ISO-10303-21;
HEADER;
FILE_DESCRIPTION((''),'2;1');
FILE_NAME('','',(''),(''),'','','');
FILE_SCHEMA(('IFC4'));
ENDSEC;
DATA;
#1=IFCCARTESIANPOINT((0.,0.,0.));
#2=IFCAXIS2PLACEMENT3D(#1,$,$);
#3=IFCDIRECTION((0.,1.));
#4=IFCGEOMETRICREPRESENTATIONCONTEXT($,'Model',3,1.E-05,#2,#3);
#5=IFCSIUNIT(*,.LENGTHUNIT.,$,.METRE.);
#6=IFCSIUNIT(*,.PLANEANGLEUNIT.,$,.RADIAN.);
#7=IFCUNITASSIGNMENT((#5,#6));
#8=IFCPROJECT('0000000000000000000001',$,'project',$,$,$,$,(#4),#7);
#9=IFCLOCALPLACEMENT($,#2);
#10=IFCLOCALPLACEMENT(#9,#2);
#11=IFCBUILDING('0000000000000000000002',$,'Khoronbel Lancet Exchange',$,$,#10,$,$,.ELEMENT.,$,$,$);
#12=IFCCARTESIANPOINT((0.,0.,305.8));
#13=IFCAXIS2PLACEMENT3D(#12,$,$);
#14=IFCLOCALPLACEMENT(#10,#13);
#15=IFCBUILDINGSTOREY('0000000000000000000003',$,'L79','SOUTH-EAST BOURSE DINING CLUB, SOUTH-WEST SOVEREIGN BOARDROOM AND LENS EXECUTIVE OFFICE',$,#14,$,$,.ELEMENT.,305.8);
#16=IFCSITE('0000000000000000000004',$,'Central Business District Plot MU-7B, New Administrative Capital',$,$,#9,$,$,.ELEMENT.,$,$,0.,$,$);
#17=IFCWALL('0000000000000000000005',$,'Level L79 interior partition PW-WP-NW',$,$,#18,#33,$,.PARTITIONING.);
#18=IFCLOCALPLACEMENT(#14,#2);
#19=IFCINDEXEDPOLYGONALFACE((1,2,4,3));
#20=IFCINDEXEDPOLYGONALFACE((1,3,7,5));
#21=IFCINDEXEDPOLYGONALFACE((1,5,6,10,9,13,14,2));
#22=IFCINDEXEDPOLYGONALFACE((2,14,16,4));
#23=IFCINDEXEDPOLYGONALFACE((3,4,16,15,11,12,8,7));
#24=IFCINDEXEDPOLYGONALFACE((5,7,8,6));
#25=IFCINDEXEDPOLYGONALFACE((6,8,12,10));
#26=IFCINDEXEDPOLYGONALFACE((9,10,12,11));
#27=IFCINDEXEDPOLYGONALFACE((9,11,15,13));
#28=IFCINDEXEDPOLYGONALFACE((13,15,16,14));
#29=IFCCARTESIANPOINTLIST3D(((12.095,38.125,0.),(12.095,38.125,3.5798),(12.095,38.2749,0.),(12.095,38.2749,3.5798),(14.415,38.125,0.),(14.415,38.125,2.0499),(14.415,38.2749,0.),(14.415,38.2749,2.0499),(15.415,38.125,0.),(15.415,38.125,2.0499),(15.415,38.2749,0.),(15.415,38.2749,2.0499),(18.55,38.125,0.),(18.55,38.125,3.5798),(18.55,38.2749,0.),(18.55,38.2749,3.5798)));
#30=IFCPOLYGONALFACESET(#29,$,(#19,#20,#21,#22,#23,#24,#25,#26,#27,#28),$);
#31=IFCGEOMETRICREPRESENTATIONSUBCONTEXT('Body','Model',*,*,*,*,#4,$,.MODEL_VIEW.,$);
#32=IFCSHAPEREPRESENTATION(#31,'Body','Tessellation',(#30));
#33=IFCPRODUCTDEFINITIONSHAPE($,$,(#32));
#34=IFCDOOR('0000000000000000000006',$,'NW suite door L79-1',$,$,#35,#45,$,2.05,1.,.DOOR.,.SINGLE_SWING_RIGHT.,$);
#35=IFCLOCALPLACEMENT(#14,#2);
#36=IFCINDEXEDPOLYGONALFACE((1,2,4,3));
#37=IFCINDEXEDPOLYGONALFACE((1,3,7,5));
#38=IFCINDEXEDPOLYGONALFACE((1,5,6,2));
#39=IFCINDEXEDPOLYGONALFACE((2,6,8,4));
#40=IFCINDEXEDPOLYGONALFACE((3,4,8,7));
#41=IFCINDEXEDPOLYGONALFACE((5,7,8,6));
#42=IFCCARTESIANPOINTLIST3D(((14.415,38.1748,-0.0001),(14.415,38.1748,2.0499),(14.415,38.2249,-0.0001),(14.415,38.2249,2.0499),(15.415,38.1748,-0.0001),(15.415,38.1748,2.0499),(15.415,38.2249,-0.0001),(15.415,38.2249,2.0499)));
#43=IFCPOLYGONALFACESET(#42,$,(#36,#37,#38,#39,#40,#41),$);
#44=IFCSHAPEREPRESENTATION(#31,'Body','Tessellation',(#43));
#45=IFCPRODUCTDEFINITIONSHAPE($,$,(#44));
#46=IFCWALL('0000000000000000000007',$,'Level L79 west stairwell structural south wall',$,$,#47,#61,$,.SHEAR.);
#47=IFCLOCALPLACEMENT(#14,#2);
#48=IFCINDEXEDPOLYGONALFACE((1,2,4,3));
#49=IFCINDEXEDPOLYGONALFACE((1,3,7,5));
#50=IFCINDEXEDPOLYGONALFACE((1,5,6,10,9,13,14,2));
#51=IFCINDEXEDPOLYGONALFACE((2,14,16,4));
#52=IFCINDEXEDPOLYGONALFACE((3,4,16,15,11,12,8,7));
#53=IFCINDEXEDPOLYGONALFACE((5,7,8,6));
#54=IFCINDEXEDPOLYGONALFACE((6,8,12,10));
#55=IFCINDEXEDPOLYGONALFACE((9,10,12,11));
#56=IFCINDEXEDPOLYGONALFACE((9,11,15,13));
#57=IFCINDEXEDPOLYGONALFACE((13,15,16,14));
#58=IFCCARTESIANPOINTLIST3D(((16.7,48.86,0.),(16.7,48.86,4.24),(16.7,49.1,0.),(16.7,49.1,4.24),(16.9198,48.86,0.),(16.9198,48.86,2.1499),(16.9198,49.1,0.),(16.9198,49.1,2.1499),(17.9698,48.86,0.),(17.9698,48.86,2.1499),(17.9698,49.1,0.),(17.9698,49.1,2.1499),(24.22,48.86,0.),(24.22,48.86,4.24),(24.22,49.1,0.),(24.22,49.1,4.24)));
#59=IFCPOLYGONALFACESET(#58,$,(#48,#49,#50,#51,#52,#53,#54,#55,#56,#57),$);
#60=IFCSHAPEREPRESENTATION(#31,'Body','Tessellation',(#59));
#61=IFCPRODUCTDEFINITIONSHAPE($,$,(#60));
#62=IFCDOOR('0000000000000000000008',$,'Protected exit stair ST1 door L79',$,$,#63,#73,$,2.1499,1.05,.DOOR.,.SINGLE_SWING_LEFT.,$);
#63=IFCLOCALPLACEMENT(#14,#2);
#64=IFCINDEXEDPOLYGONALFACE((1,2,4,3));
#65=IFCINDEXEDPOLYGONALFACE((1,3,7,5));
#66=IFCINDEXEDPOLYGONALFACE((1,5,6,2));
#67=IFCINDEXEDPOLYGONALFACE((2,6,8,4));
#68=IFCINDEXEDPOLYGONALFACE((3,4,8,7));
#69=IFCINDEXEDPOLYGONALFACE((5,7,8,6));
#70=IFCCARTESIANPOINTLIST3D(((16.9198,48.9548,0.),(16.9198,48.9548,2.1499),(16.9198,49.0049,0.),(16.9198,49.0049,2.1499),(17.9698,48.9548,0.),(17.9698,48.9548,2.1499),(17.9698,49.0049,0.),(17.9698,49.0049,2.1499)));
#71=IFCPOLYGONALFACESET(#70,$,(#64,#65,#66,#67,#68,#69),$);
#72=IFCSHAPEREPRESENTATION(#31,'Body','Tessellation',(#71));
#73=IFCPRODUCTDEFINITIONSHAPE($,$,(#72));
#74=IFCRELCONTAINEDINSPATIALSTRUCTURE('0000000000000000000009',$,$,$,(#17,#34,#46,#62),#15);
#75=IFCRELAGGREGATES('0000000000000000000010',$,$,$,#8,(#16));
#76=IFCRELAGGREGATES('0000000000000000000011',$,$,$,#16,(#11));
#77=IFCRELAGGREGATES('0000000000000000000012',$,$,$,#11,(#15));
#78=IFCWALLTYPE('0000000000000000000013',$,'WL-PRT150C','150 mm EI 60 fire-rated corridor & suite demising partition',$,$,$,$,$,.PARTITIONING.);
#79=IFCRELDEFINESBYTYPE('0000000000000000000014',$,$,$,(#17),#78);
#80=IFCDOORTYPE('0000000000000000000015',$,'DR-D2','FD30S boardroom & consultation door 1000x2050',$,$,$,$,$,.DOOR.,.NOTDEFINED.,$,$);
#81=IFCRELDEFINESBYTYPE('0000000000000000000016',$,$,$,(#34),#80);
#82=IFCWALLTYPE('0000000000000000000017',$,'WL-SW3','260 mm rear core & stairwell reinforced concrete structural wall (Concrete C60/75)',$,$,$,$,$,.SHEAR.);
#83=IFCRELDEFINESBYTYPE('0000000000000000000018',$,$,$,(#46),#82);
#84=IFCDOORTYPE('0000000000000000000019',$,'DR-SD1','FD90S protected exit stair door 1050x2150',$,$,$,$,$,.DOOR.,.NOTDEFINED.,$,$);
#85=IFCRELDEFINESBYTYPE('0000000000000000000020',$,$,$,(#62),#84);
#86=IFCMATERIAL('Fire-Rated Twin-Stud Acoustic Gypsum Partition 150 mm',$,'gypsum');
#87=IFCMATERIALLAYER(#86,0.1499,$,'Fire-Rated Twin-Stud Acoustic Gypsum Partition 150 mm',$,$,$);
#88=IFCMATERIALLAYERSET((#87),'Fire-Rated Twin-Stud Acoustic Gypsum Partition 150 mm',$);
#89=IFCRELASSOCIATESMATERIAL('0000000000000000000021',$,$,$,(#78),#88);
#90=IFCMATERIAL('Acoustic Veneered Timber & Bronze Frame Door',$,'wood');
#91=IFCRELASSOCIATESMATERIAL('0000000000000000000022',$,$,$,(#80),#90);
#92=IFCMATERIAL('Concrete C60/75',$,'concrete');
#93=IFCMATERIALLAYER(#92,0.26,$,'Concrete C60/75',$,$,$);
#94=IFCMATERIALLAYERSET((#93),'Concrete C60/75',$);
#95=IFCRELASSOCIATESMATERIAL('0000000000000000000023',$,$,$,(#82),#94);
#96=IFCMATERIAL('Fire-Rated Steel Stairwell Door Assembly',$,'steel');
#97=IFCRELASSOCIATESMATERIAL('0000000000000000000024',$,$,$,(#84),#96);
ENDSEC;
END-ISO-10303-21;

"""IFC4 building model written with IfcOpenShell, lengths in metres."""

from ifc_helpers import new_model, si_unit, direction, frame, frame_2d, origin, place, context, subcontext, project, spatial, rectangle, extrude, material, layer, layer_set, type_object, element, fill, save


model = new_model("IFC4")

# Units and contexts
model_context = context("Model", 3, precision=1e-05, world=origin(), true_north=direction((0.0, 1.0)))
body_context = subcontext(model_context, "Body", "Model", "MODEL_VIEW")
ifc_project = project(units=[si_unit("LENGTHUNIT", "METRE"), si_unit("PLANEANGLEUNIT", "RADIAN")], contexts=[model_context])

# Site, building, storey
site_placement = place(None, origin())
site = spatial("IfcSite", under=ifc_project, at=site_placement, Name="Central Business District Plot MU-7B, New Administrative Capital", CompositionType="ELEMENT", RefElevation=0.0)
building_placement = place(site_placement, origin())
building = spatial("IfcBuilding", under=site, at=building_placement, Name="Khoronbel Lancet Exchange", CompositionType="ELEMENT")
storey_placement = place(building_placement, frame((0.0, 0.0, 305.8)))
storey = spatial("IfcBuildingStorey", under=building, at=storey_placement, Name="L79", Description="SOUTH-EAST BOURSE DINING CLUB, SOUTH-WEST SOVEREIGN BOARDROOM AND LENS EXECUTIVE OFFICE", CompositionType="ELEMENT", Elevation=305.8)

# Shared definitions
ifc_material_1 = material(Name="Concrete C60/75", Category="concrete")

# Walls, openings, doors
ifc_material_2 = material(Name="Fire-Rated Twin-Stud Acoustic Gypsum Partition 150 mm", Category="gypsum")
ifc_layer_1 = layer(ifc_material_2, 0.1499, Name="Fire-Rated Twin-Stud Acoustic Gypsum Partition 150 mm")
ifc_layer_set_1 = layer_set([ifc_layer_1], Name="Fire-Rated Twin-Stud Acoustic Gypsum Partition 150 mm")
wall_type_1 = type_object("IfcWallType", Name="WL-PRT150C", Description="150 mm EI 60 fire-rated corridor & suite demising partition", PredefinedType="PARTITIONING", material=ifc_layer_set_1)
wall_1_placement = place(storey_placement, frame((12.095, 38.2, 0.0), z_axis=(0.0, 0.0, 1.0), x_axis=(1.0, 0.0, 0.0)))
wall_1 = element("IfcWall", 1, at=wall_1_placement, inside=storey, type_object=wall_type_1, Name="Level L79 interior partition PW-WP-NW", PredefinedType="PARTITIONING", context=body_context, shape_type="SweptSolid", body=[
    extrude(rectangle(XDim=6.4551, YDim=0.1499, at=frame_2d((3.2275, 0.0))), origin(), (0.0, 0.0, 1.0), 3.5798),
])
opening_1_placement = place(wall_1_placement, frame((2.3201, 0.0, 0.0)))
opening_1 = element("IfcOpeningElement", 2, at=opening_1_placement, cuts=wall_1, PredefinedType="OPENING", context=body_context, shape_type="SweptSolid", body=[
    extrude(rectangle(XDim=1.0, YDim=2.05, at=frame_2d((0.5, 1.0249))), frame((0.0, 0.085, 0.0), z_axis=(0.0, -1.0, 0.0), x_axis=(1.0, 0.0, 0.0)), (0.0, 0.0, 1.0), 0.1699),
])
ifc_material_3 = material(Name="Acoustic Veneered Timber & Bronze Frame Door", Category="wood")
door_type_1 = type_object("IfcDoorType", Name="DR-D2", Description="FD30S boardroom & consultation door 1000x2050", OperationType="NOTDEFINED", PredefinedType="DOOR", material=ifc_material_3)
door_1_placement = place(opening_1_placement, origin())
door_1 = element("IfcDoor", 3, at=door_1_placement, inside=storey, type_object=door_type_1, Name="NW suite door L79-1", OperationType="SINGLE_SWING_RIGHT", OverallHeight=2.05, OverallWidth=1.0, PredefinedType="DOOR", context=body_context, shape_type="SweptSolid", body=[
    extrude(rectangle(XDim=1.0, YDim=2.05, at=frame_2d((0.5, 1.0249))), frame((0.0, 0.0249, 0.0), z_axis=(0.0, -1.0, 0.0), x_axis=(1.0, 0.0, 0.0)), (0.0, 0.0, 1.0), 0.05),
])
fill(opening_1, door_1)
ifc_layer_2 = layer(ifc_material_1, 0.26, Name="Concrete C60/75")
ifc_layer_set_2 = layer_set([ifc_layer_2], Name="Concrete C60/75")
wall_type_2 = type_object("IfcWallType", Name="WL-SW3", Description="260 mm rear core & stairwell reinforced concrete structural wall (Concrete C60/75)", PredefinedType="SHEAR", material=ifc_layer_set_2)
wall_2_placement = place(storey_placement, frame((16.7, 48.98, 0.0), z_axis=(0.0, 0.0, 1.0), x_axis=(1.0, 0.0, 0.0)))
wall_2 = element("IfcWall", 4, at=wall_2_placement, inside=storey, type_object=wall_type_2, Name="Level L79 west stairwell structural south wall", PredefinedType="SHEAR", context=body_context, shape_type="SweptSolid", body=[
    extrude(rectangle(XDim=7.52, YDim=0.24, at=frame_2d((3.76, 0.0))), origin(), (0.0, 0.0, 1.0), 4.24),
])
opening_2_placement = place(wall_2_placement, frame((0.22, 0.0, 0.0)))
opening_2 = element("IfcOpeningElement", 5, at=opening_2_placement, cuts=wall_2, PredefinedType="OPENING", context=body_context, shape_type="SweptSolid", body=[
    extrude(rectangle(XDim=1.05, YDim=2.1499, at=frame_2d((0.5249, 1.075))), frame((0.0, 0.1299, 0.0), z_axis=(0.0, -1.0, 0.0), x_axis=(1.0, 0.0, 0.0)), (0.0, 0.0, 1.0), 0.26),
])
ifc_material_4 = material(Name="Fire-Rated Steel Stairwell Door Assembly", Category="steel")
door_type_2 = type_object("IfcDoorType", Name="DR-SD1", Description="FD90S protected exit stair door 1050x2150", OperationType="NOTDEFINED", PredefinedType="DOOR", material=ifc_material_4)
door_2_placement = place(opening_2_placement, origin())
door_2 = element("IfcDoor", 6, at=door_2_placement, inside=storey, type_object=door_type_2, Name="Protected exit stair ST1 door L79", OperationType="SINGLE_SWING_LEFT", OverallHeight=2.1499, OverallWidth=1.05, PredefinedType="DOOR", context=body_context, shape_type="SweptSolid", body=[
    extrude(rectangle(XDim=1.05, YDim=2.1499, at=frame_2d((0.5249, 1.075))), frame((0.0, 0.0249, 0.0), z_axis=(0.0, -1.0, 0.0), x_axis=(1.0, 0.0, 0.0)), (0.0, 0.0, 1.0), 0.05),
])
fill(opening_2, door_2)

save(model, "model.ifc")
